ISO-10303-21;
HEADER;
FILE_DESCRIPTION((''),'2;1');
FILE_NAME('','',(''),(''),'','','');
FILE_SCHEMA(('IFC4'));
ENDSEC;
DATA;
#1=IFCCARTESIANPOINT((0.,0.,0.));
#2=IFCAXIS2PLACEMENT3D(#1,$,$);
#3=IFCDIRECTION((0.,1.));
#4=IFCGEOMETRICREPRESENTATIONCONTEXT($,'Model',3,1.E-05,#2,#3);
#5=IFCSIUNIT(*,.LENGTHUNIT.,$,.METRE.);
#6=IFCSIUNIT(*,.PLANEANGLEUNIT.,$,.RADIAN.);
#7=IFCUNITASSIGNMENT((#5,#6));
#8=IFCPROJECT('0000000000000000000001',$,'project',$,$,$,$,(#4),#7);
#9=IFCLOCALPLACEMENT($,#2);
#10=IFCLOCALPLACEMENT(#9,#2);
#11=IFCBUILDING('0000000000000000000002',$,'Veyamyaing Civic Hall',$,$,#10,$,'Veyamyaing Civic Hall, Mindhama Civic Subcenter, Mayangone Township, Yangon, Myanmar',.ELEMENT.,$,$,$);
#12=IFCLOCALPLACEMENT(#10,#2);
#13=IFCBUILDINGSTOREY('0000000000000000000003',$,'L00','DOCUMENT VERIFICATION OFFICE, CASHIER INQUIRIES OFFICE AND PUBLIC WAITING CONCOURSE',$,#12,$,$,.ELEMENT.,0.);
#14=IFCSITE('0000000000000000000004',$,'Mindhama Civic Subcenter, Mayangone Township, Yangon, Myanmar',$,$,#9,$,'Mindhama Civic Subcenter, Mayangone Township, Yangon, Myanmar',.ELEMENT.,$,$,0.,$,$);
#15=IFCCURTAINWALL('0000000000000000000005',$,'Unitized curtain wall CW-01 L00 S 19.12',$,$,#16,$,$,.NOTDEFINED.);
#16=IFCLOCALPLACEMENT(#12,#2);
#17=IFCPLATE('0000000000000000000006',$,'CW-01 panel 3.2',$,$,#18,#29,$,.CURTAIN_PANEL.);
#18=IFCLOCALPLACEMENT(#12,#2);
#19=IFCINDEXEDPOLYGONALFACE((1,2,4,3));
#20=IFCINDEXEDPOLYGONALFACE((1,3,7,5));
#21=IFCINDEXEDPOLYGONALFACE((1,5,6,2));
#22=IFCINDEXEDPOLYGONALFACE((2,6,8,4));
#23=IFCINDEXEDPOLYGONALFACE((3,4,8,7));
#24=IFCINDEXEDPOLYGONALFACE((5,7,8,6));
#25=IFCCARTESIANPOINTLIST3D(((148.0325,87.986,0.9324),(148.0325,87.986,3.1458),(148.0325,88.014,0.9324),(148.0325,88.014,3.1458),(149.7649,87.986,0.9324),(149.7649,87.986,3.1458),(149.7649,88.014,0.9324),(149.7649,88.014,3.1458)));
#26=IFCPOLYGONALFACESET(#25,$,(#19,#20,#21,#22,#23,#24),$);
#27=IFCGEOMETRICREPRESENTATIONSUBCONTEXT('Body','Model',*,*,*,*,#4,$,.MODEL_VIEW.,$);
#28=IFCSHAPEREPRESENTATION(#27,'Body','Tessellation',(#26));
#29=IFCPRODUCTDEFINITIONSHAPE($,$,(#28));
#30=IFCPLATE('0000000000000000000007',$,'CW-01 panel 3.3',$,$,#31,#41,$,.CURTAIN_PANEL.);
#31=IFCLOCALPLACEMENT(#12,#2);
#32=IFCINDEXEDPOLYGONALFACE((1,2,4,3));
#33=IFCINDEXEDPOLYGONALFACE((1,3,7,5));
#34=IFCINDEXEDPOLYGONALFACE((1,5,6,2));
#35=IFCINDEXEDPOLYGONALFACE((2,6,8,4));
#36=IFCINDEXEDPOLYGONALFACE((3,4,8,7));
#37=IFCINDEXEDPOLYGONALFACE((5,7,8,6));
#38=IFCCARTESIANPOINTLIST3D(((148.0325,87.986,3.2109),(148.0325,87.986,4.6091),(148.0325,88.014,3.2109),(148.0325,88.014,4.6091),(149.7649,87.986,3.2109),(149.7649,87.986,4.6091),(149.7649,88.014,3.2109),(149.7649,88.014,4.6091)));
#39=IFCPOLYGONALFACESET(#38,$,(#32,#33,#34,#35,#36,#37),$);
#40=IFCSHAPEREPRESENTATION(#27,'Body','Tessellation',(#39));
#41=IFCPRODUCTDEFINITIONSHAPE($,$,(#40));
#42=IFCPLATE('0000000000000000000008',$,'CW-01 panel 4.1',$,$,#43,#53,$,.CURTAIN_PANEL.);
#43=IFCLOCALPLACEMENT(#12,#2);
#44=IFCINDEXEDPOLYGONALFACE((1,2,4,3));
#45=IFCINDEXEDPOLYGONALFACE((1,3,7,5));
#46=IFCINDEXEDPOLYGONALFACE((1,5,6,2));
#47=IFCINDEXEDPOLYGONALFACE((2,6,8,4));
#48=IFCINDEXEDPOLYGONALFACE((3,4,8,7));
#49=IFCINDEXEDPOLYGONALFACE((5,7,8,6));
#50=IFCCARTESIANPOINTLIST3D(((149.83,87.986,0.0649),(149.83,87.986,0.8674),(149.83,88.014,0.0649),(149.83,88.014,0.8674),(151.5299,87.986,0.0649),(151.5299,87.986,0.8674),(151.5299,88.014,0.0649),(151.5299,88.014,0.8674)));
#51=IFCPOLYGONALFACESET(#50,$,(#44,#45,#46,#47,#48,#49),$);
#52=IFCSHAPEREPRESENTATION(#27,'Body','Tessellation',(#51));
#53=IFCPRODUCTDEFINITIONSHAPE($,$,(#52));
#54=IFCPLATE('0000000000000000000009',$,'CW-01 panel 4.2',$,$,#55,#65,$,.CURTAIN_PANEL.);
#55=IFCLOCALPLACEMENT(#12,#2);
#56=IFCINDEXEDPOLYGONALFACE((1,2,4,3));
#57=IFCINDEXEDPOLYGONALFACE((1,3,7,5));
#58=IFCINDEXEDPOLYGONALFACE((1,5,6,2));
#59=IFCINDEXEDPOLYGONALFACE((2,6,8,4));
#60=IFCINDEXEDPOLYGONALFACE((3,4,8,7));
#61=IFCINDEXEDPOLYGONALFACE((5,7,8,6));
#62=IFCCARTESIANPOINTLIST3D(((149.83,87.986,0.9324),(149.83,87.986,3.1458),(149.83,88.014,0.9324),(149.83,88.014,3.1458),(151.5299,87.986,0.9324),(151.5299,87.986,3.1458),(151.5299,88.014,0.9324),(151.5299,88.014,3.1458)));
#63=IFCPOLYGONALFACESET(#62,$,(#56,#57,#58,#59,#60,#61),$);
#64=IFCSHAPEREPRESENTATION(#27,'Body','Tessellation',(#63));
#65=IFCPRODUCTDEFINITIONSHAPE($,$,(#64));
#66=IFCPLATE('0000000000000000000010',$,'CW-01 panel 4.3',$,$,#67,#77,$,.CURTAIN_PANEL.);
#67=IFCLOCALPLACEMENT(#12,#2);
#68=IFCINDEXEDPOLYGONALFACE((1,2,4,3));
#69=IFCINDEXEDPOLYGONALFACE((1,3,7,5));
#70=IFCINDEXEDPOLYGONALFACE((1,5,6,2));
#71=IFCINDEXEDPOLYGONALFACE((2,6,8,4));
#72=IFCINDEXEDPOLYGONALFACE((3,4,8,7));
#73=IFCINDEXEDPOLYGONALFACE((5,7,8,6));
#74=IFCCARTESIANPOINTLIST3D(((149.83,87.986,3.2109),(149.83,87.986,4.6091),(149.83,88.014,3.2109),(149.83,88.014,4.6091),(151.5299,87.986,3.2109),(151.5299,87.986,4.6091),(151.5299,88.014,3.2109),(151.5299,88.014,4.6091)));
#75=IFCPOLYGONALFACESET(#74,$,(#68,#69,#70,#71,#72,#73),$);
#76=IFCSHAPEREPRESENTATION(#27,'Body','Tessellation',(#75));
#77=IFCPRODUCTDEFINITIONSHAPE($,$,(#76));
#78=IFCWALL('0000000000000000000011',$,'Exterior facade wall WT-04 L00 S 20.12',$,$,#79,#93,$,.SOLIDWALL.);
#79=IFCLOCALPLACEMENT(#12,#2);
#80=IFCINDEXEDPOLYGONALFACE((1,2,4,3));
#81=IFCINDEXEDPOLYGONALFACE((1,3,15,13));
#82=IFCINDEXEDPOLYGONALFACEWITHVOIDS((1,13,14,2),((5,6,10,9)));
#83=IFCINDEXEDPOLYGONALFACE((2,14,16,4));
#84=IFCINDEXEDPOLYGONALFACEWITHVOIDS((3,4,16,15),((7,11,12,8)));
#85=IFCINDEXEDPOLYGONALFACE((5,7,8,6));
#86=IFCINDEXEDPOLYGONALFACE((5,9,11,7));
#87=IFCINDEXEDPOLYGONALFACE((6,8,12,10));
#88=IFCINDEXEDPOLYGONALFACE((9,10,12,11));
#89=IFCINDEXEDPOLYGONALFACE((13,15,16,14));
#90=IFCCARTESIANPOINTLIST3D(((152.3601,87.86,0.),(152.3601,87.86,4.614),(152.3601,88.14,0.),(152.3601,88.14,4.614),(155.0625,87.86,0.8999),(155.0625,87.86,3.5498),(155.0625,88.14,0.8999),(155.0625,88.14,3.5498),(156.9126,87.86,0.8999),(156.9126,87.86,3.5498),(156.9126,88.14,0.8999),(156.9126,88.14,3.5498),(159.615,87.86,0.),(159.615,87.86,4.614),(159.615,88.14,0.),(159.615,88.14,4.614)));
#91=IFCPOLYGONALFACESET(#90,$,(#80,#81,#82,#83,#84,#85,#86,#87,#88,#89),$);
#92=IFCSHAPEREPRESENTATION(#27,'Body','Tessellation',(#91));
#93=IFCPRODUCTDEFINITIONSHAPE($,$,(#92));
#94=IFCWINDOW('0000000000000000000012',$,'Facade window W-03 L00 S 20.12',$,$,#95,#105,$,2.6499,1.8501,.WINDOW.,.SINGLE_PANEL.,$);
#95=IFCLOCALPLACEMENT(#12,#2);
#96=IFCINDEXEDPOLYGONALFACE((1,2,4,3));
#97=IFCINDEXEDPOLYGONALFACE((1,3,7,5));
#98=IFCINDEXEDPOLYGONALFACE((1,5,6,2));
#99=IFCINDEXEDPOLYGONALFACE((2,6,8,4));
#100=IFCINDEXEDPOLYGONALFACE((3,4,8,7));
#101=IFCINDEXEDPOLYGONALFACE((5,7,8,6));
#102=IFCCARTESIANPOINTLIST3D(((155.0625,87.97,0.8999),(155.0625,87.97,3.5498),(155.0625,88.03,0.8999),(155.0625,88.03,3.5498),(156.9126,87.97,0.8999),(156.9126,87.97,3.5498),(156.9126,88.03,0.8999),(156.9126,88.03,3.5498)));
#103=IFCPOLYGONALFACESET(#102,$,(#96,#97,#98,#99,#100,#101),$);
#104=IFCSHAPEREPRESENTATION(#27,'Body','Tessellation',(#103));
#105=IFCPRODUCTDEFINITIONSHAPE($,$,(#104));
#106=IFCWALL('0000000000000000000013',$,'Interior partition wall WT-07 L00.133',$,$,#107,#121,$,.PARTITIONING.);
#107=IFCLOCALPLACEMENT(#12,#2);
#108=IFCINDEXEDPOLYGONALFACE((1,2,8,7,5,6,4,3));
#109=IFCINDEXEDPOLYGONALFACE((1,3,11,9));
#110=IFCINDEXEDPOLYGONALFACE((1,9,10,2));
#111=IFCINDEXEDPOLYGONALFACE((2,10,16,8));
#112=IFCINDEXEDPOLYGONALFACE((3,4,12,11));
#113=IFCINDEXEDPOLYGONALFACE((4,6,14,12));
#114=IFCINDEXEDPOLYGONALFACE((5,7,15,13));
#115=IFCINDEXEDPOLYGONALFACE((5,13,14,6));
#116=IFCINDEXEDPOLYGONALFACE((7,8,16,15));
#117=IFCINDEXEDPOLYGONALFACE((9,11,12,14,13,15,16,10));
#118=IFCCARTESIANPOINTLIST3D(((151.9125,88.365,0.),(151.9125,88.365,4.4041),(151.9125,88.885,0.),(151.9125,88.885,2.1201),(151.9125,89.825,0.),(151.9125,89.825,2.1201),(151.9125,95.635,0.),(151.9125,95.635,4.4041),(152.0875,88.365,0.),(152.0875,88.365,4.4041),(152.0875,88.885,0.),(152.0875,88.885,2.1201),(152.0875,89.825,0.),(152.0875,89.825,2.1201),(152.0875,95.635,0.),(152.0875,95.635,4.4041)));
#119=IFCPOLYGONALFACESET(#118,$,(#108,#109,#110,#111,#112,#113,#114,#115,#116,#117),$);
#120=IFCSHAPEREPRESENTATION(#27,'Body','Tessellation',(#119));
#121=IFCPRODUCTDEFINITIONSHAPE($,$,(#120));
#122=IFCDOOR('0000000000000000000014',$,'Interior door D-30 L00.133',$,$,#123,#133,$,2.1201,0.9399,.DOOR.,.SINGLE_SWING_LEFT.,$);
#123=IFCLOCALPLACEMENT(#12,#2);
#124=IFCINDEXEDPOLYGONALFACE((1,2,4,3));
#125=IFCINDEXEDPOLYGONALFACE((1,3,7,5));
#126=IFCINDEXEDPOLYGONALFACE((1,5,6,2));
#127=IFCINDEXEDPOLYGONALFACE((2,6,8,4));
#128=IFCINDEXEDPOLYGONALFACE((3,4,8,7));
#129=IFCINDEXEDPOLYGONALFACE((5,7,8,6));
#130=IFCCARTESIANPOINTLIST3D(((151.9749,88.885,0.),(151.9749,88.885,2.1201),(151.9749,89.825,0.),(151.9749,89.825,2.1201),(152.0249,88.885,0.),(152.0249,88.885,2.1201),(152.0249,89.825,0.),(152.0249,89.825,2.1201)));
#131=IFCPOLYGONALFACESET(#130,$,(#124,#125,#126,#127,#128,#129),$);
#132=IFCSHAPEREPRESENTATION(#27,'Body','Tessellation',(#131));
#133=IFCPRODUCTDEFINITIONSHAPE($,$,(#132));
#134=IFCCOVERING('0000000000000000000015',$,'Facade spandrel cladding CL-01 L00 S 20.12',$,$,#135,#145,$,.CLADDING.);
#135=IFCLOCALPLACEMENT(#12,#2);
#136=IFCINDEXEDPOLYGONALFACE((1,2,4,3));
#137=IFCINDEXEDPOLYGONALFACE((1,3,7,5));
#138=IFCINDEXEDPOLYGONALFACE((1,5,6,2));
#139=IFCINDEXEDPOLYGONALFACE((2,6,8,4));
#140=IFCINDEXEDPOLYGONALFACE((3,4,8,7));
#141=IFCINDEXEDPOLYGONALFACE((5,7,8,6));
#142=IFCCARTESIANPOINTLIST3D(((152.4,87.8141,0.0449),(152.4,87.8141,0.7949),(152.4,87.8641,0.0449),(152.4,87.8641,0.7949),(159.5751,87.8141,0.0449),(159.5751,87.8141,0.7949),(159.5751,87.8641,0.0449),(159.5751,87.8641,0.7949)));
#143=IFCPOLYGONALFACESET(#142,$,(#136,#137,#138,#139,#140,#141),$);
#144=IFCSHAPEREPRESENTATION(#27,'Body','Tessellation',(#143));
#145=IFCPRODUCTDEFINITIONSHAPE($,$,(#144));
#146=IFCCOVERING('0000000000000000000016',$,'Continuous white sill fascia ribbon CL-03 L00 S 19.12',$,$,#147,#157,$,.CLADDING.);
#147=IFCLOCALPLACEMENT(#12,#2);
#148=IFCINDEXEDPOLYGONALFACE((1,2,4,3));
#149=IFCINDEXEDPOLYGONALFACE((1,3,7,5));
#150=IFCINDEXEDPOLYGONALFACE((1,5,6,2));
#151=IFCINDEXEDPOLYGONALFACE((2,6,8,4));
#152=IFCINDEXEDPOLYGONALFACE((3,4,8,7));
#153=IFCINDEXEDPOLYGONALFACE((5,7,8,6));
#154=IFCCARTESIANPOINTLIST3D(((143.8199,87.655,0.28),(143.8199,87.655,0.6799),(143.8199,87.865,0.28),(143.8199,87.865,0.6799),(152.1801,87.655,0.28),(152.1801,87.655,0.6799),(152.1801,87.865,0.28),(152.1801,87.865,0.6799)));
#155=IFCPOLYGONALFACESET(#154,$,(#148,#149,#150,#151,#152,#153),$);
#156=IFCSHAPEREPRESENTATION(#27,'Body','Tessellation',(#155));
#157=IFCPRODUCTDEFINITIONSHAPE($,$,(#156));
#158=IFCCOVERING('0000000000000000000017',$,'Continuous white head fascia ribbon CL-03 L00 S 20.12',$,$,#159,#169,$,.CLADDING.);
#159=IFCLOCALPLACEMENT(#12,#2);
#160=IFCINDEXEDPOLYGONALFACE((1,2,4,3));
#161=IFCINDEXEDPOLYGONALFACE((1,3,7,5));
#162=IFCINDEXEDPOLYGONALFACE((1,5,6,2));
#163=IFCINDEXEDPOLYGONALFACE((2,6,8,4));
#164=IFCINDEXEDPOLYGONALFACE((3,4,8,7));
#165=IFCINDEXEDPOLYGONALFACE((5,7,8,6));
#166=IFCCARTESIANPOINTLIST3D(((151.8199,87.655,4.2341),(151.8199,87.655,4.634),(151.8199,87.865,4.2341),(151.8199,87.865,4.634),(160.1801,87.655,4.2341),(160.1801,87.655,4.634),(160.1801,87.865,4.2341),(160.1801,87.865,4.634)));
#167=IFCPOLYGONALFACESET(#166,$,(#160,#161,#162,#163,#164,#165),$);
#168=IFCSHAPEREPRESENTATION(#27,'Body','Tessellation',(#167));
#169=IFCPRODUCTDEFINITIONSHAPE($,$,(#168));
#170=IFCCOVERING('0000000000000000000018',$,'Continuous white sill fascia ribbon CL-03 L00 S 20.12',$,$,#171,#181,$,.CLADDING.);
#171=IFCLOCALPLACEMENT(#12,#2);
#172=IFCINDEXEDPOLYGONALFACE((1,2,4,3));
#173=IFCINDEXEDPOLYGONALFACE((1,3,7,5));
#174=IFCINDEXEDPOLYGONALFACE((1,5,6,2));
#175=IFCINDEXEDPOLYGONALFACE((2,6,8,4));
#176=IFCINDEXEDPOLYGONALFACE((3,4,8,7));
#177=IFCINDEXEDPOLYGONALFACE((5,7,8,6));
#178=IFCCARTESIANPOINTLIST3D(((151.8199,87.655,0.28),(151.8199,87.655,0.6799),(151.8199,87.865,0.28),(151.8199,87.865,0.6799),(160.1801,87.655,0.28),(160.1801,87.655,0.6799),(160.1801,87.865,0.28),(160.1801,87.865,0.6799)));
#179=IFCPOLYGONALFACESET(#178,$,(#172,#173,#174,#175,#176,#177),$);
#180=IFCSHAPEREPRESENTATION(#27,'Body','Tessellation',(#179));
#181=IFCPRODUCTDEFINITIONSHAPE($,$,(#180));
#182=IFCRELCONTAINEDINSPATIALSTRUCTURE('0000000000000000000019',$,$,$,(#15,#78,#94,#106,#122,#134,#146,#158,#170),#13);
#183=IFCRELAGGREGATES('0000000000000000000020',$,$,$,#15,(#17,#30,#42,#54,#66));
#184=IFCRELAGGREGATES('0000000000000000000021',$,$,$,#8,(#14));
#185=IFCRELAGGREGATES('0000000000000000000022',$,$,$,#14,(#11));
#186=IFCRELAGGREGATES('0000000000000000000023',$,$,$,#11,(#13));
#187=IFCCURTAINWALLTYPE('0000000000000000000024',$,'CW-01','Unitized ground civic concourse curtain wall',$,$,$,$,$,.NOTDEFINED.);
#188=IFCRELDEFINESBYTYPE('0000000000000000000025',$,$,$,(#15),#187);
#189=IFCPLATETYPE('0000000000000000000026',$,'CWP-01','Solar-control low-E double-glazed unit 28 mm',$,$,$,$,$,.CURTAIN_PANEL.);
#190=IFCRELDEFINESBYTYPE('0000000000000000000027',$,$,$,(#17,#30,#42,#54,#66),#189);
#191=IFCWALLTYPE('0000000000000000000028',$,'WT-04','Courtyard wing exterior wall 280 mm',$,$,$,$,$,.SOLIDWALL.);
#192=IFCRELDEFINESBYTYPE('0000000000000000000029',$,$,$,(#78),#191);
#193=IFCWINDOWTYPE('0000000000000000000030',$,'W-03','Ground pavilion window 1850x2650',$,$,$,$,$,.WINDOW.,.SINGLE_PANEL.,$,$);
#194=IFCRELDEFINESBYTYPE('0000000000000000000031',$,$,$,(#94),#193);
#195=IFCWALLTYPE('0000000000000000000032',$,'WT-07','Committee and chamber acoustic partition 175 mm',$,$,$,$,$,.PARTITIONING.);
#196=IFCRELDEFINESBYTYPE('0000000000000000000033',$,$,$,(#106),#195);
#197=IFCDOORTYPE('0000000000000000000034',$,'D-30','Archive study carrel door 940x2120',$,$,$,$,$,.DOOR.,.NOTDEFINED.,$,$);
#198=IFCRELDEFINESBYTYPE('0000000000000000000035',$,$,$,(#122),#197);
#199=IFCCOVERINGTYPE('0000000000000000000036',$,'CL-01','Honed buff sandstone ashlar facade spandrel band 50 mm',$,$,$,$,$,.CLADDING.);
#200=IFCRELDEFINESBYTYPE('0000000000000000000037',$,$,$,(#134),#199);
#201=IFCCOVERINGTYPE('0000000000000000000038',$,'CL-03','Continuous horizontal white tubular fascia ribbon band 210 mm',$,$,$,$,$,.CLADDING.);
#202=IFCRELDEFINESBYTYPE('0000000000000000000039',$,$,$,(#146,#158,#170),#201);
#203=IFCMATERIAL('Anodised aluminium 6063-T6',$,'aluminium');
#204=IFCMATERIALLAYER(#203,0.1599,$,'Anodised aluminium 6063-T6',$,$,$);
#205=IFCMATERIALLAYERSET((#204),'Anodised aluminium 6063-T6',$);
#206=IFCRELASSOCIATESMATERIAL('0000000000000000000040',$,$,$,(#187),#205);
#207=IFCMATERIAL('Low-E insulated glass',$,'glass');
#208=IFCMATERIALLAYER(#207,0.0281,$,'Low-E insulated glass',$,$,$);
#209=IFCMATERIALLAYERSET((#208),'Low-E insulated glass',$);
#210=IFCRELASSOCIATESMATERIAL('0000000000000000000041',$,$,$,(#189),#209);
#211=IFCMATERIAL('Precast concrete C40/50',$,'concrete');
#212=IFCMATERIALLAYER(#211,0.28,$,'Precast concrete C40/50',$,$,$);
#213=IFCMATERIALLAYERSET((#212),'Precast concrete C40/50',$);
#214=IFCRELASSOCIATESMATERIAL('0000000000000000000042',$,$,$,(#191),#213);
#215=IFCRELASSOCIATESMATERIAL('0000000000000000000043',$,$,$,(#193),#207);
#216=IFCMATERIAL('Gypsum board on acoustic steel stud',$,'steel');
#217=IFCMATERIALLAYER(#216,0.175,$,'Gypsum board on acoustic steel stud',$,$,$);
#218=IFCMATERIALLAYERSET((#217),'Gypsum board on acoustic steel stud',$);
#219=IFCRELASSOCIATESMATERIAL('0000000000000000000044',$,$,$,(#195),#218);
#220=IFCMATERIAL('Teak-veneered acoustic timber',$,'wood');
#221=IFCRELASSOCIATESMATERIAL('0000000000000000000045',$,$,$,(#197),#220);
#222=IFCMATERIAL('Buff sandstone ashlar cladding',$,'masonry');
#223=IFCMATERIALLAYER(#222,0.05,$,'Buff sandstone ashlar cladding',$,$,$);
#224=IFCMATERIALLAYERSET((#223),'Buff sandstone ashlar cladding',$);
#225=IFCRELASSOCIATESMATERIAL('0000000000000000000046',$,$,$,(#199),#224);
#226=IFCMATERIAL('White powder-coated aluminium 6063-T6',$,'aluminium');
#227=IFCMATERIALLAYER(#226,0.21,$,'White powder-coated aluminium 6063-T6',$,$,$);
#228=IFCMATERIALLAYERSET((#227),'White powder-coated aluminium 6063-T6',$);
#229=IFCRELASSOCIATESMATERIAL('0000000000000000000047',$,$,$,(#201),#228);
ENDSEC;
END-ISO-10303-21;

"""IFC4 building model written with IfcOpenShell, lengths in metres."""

from ifc_helpers import new_model, si_unit, direction, frame, frame_2d, origin, origin_2d, place, context, subcontext, project, spatial, rectangle, extrude, material, layer, layer_set, type_object, element, fill, aggregate, save


model = new_model("IFC4")

# Units and contexts
model_context = context("Model", 3, precision=1e-05, world=origin(), true_north=direction((0.0, 1.0)))
body_context = subcontext(model_context, "Body", "Model", "MODEL_VIEW")
ifc_project = project(units=[si_unit("LENGTHUNIT", "METRE"), si_unit("PLANEANGLEUNIT", "RADIAN")], contexts=[model_context])

# Site, building, storey
site_placement = place(None, origin())
site = spatial("IfcSite", under=ifc_project, at=site_placement, Name="Mindhama Civic Subcenter, Mayangone Township, Yangon, Myanmar", LongName="Mindhama Civic Subcenter, Mayangone Township, Yangon, Myanmar", CompositionType="ELEMENT", RefElevation=0.0)
building_placement = place(site_placement, origin())
building = spatial("IfcBuilding", under=site, at=building_placement, Name="Veyamyaing Civic Hall", LongName="Veyamyaing Civic Hall, Mindhama Civic Subcenter, Mayangone Township, Yangon, Myanmar", CompositionType="ELEMENT")
storey_placement = place(building_placement, origin())
storey = spatial("IfcBuildingStorey", under=building, at=storey_placement, Name="L00", Description="DOCUMENT VERIFICATION OFFICE, CASHIER INQUIRIES OFFICE AND PUBLIC WAITING CONCOURSE", CompositionType="ELEMENT", Elevation=0.0)

# Curtain wall
ifc_material_1 = material(Name="Anodised aluminium 6063-T6", Category="aluminium")
ifc_layer_1 = layer(ifc_material_1, 0.1599, Name="Anodised aluminium 6063-T6")
ifc_layer_set_1 = layer_set([ifc_layer_1], Name="Anodised aluminium 6063-T6")
curtain_wall_type = type_object("IfcCurtainWallType", Name="CW-01", Description="Unitized ground civic concourse curtain wall", PredefinedType="NOTDEFINED", material=ifc_layer_set_1)
curtain_wall_placement = place(storey_placement, origin())
curtain_wall = element("IfcCurtainWall", 1, at=curtain_wall_placement, inside=storey, type_object=curtain_wall_type, Name="Unitized curtain wall CW-01 L00 S 19.12", PredefinedType="NOTDEFINED")

# Plates
ifc_material_2 = material(Name="Low-E insulated glass", Category="glass")
ifc_layer_2 = layer(ifc_material_2, 0.0281, Name="Low-E insulated glass")
ifc_layer_set_2 = layer_set([ifc_layer_2], Name="Low-E insulated glass")
plate_type = type_object("IfcPlateType", Name="CWP-01", Description="Solar-control low-E double-glazed unit 28 mm", PredefinedType="CURTAIN_PANEL", material=ifc_layer_set_2)
plate_1_placement = place(storey_placement, frame((148.8987, 88.0, 0.9324), z_axis=(0.0, 0.0, 1.0), x_axis=(1.0, 0.0, 0.0)))
plate_1 = element("IfcPlate", 2, at=plate_1_placement, type_object=plate_type, Name="CW-01 panel 3.2", PredefinedType="CURTAIN_PANEL", context=body_context, shape_type="SweptSolid", body=[
    extrude(rectangle(XDim=1.7324, YDim=0.0281, at=origin_2d()), origin(), (0.0, 0.0, 1.0), 2.2134),
])
plate_2_placement = place(storey_placement, frame((148.8987, 88.0, 3.2109), z_axis=(0.0, 0.0, 1.0), x_axis=(1.0, 0.0, 0.0)))
plate_2 = element("IfcPlate", 3, at=plate_2_placement, type_object=plate_type, Name="CW-01 panel 3.3", PredefinedType="CURTAIN_PANEL", context=body_context, shape_type="SweptSolid", body=[
    extrude(rectangle(XDim=1.7324, YDim=0.0281, at=origin_2d()), origin(), (0.0, 0.0, 1.0), 1.3982),
])
plate_3_placement = place(storey_placement, frame((150.6799, 88.0, 0.0649), z_axis=(0.0, 0.0, 1.0), x_axis=(1.0, 0.0, 0.0)))
plate_3 = element("IfcPlate", 4, at=plate_3_placement, type_object=plate_type, Name="CW-01 panel 4.1", PredefinedType="CURTAIN_PANEL", context=body_context, shape_type="SweptSolid", body=[
    extrude(rectangle(XDim=1.7, YDim=0.0281, at=origin_2d()), origin(), (0.0, 0.0, 1.0), 0.8025),
])
plate_4_placement = place(storey_placement, frame((150.6799, 88.0, 0.9324), z_axis=(0.0, 0.0, 1.0), x_axis=(1.0, 0.0, 0.0)))
plate_4 = element("IfcPlate", 5, at=plate_4_placement, type_object=plate_type, Name="CW-01 panel 4.2", PredefinedType="CURTAIN_PANEL", context=body_context, shape_type="SweptSolid", body=[
    extrude(rectangle(XDim=1.7, YDim=0.0281, at=origin_2d()), origin(), (0.0, 0.0, 1.0), 2.2134),
])
plate_5_placement = place(storey_placement, frame((150.6799, 88.0, 3.2109), z_axis=(0.0, 0.0, 1.0), x_axis=(1.0, 0.0, 0.0)))
plate_5 = element("IfcPlate", 6, at=plate_5_placement, type_object=plate_type, Name="CW-01 panel 4.3", PredefinedType="CURTAIN_PANEL", context=body_context, shape_type="SweptSolid", body=[
    extrude(rectangle(XDim=1.7, YDim=0.0281, at=origin_2d()), origin(), (0.0, 0.0, 1.0), 1.3982),
])
aggregate(curtain_wall, [plate_1, plate_2, plate_3, plate_4, plate_5])

# Wall, opening, window
ifc_material_3 = material(Name="Precast concrete C40/50", Category="concrete")
ifc_layer_3 = layer(ifc_material_3, 0.28, Name="Precast concrete C40/50")
ifc_layer_set_3 = layer_set([ifc_layer_3], Name="Precast concrete C40/50")
wall_type_1 = type_object("IfcWallType", Name="WT-04", Description="Courtyard wing exterior wall 280 mm", PredefinedType="SOLIDWALL", material=ifc_layer_set_3)
wall_1_placement = place(storey_placement, frame((152.3601, 88.0, 0.0), z_axis=(0.0, 0.0, 1.0), x_axis=(1.0, 0.0, 0.0)))
wall_1 = element("IfcWall", 7, at=wall_1_placement, inside=storey, type_object=wall_type_1, Name="Exterior facade wall WT-04 L00 S 20.12", PredefinedType="SOLIDWALL", context=body_context, shape_type="SweptSolid", body=[
    extrude(rectangle(XDim=7.2549, YDim=0.28, at=frame_2d((3.6274, 0.0))), origin(), (0.0, 0.0, 1.0), 4.614),
])
opening_1_placement = place(wall_1_placement, frame((2.7024, 0.0, 0.8999)))
opening_1 = element("IfcOpeningElement", 8, at=opening_1_placement, cuts=wall_1, PredefinedType="OPENING", context=body_context, shape_type="SweptSolid", body=[
    extrude(rectangle(XDim=1.8501, YDim=2.6499, at=frame_2d((0.925, 1.325))), frame((0.0, 0.1499, 0.0), z_axis=(0.0, -1.0, 0.0), x_axis=(1.0, 0.0, 0.0)), (0.0, 0.0, 1.0), 0.3),
])
window_type = type_object("IfcWindowType", Name="W-03", Description="Ground pavilion window 1850x2650", PartitioningType="SINGLE_PANEL", PredefinedType="WINDOW", material=ifc_material_2)
window_placement = place(opening_1_placement, origin())
window = element("IfcWindow", 9, at=window_placement, inside=storey, type_object=window_type, Name="Facade window W-03 L00 S 20.12", OverallHeight=2.6499, OverallWidth=1.8501, PartitioningType="SINGLE_PANEL", PredefinedType="WINDOW", context=body_context, shape_type="SweptSolid", body=[
    extrude(rectangle(XDim=1.8501, YDim=2.6499, at=frame_2d((0.925, 1.325))), frame((0.0, 0.03, 0.0), z_axis=(0.0, -1.0, 0.0), x_axis=(1.0, 0.0, 0.0)), (0.0, 0.0, 1.0), 0.0601),
])
fill(opening_1, window)

# Wall, opening, door
ifc_material_4 = material(Name="Gypsum board on acoustic steel stud", Category="steel")
ifc_layer_4 = layer(ifc_material_4, 0.175, Name="Gypsum board on acoustic steel stud")
ifc_layer_set_4 = layer_set([ifc_layer_4], Name="Gypsum board on acoustic steel stud")
wall_type_2 = type_object("IfcWallType", Name="WT-07", Description="Committee and chamber acoustic partition 175 mm", PredefinedType="PARTITIONING", material=ifc_layer_set_4)
wall_2_placement = place(storey_placement, frame((152.0, 88.365, 0.0), z_axis=(0.0, 0.0, 1.0), x_axis=(0.0, 1.0, 0.0)))
wall_2 = element("IfcWall", 10, at=wall_2_placement, inside=storey, type_object=wall_type_2, Name="Interior partition wall WT-07 L00.133", PredefinedType="PARTITIONING", context=body_context, shape_type="SweptSolid", body=[
    extrude(rectangle(XDim=7.27, YDim=0.175, at=frame_2d((3.635, 0.0))), origin(), (0.0, 0.0, 1.0), 4.4041),
])
opening_2_placement = place(wall_2_placement, frame((0.52, 0.0, 0.0)))
opening_2 = element("IfcOpeningElement", 11, at=opening_2_placement, cuts=wall_2, PredefinedType="OPENING", context=body_context, shape_type="SweptSolid", body=[
    extrude(rectangle(XDim=0.9399, YDim=2.1201, at=frame_2d((0.47, 1.0601))), frame((0.0, 0.0974, 0.0), z_axis=(0.0, -1.0, 0.0), x_axis=(1.0, 0.0, 0.0)), (0.0, 0.0, 1.0), 0.1951),
])
ifc_material_5 = material(Name="Teak-veneered acoustic timber", Category="wood")
door_type = type_object("IfcDoorType", Name="D-30", Description="Archive study carrel door 940x2120", OperationType="NOTDEFINED", PredefinedType="DOOR", material=ifc_material_5)
door_placement = place(opening_2_placement, frame((0.9399, 0.0, 0.0), z_axis=(0.0, 0.0, 1.0), x_axis=(-1.0, 0.0, 0.0)))
door = element("IfcDoor", 12, at=door_placement, inside=storey, type_object=door_type, Name="Interior door D-30 L00.133", OperationType="SINGLE_SWING_LEFT", OverallHeight=2.1201, OverallWidth=0.9399, PredefinedType="DOOR", context=body_context, shape_type="SweptSolid", body=[
    extrude(rectangle(XDim=0.9399, YDim=2.1201, at=frame_2d((0.47, 1.0601))), frame((0.0, 0.0249, 0.0), z_axis=(0.0, -1.0, 0.0), x_axis=(1.0, 0.0, 0.0)), (0.0, 0.0, 1.0), 0.05),
])
fill(opening_2, door)

# Coverings
ifc_material_6 = material(Name="Buff sandstone ashlar cladding", Category="masonry")
ifc_layer_5 = layer(ifc_material_6, 0.05, Name="Buff sandstone ashlar cladding")
ifc_layer_set_5 = layer_set([ifc_layer_5], Name="Buff sandstone ashlar cladding")
covering_type_1 = type_object("IfcCoveringType", Name="CL-01", Description="Honed buff sandstone ashlar facade spandrel band 50 mm", PredefinedType="CLADDING", material=ifc_layer_set_5)
covering_placement = place(storey_placement, frame((155.9875, 87.8391, 0.0449), z_axis=(0.0, 0.0, 1.0), x_axis=(1.0, 0.0, 0.0)))
element("IfcCovering", 13, at=covering_placement, inside=storey, type_object=covering_type_1, Name="Facade spandrel cladding CL-01 L00 S 20.12", PredefinedType="CLADDING", context=body_context, shape_type="SweptSolid", body=[
    extrude(rectangle(XDim=7.175, YDim=0.05, at=origin_2d()), origin(), (0.0, 0.0, 1.0), 0.75),
])
ifc_material_7 = material(Name="White powder-coated aluminium 6063-T6", Category="aluminium")
ifc_layer_6 = layer(ifc_material_7, 0.21, Name="White powder-coated aluminium 6063-T6")
ifc_layer_set_6 = layer_set([ifc_layer_6], Name="White powder-coated aluminium 6063-T6")
covering_type_2 = type_object("IfcCoveringType", Name="CL-03", Description="Continuous horizontal white tubular fascia ribbon band 210 mm", PredefinedType="CLADDING", material=ifc_layer_set_6)
for number, where, z_axis, x_axis, name in (
    (14, (148.0, 87.76, 0.28), (0.0, 0.0, 1.0), (1.0, 0.0, 0.0), "Continuous white sill fascia ribbon CL-03 L00 S 19.12"),
    (15, (156.0, 87.76, 4.2341), (0.0, 0.0, 1.0), (1.0, 0.0, 0.0), "Continuous white head fascia ribbon CL-03 L00 S 20.12"),
    (16, (156.0, 87.76, 0.28), (0.0, 0.0, 1.0), (1.0, 0.0, 0.0), "Continuous white sill fascia ribbon CL-03 L00 S 20.12"),
):
    element("IfcCovering", number, at=place(storey_placement, frame(where, z_axis=z_axis, x_axis=x_axis)), inside=storey, type_object=covering_type_2, Name=name, PredefinedType="CLADDING", context=body_context, shape_type="SweptSolid", body=[
        extrude(rectangle(XDim=8.3601, YDim=0.21, at=origin_2d()), origin(), (0.0, 0.0, 1.0), 0.3999),
    ])

save(model, "model.ifc")
